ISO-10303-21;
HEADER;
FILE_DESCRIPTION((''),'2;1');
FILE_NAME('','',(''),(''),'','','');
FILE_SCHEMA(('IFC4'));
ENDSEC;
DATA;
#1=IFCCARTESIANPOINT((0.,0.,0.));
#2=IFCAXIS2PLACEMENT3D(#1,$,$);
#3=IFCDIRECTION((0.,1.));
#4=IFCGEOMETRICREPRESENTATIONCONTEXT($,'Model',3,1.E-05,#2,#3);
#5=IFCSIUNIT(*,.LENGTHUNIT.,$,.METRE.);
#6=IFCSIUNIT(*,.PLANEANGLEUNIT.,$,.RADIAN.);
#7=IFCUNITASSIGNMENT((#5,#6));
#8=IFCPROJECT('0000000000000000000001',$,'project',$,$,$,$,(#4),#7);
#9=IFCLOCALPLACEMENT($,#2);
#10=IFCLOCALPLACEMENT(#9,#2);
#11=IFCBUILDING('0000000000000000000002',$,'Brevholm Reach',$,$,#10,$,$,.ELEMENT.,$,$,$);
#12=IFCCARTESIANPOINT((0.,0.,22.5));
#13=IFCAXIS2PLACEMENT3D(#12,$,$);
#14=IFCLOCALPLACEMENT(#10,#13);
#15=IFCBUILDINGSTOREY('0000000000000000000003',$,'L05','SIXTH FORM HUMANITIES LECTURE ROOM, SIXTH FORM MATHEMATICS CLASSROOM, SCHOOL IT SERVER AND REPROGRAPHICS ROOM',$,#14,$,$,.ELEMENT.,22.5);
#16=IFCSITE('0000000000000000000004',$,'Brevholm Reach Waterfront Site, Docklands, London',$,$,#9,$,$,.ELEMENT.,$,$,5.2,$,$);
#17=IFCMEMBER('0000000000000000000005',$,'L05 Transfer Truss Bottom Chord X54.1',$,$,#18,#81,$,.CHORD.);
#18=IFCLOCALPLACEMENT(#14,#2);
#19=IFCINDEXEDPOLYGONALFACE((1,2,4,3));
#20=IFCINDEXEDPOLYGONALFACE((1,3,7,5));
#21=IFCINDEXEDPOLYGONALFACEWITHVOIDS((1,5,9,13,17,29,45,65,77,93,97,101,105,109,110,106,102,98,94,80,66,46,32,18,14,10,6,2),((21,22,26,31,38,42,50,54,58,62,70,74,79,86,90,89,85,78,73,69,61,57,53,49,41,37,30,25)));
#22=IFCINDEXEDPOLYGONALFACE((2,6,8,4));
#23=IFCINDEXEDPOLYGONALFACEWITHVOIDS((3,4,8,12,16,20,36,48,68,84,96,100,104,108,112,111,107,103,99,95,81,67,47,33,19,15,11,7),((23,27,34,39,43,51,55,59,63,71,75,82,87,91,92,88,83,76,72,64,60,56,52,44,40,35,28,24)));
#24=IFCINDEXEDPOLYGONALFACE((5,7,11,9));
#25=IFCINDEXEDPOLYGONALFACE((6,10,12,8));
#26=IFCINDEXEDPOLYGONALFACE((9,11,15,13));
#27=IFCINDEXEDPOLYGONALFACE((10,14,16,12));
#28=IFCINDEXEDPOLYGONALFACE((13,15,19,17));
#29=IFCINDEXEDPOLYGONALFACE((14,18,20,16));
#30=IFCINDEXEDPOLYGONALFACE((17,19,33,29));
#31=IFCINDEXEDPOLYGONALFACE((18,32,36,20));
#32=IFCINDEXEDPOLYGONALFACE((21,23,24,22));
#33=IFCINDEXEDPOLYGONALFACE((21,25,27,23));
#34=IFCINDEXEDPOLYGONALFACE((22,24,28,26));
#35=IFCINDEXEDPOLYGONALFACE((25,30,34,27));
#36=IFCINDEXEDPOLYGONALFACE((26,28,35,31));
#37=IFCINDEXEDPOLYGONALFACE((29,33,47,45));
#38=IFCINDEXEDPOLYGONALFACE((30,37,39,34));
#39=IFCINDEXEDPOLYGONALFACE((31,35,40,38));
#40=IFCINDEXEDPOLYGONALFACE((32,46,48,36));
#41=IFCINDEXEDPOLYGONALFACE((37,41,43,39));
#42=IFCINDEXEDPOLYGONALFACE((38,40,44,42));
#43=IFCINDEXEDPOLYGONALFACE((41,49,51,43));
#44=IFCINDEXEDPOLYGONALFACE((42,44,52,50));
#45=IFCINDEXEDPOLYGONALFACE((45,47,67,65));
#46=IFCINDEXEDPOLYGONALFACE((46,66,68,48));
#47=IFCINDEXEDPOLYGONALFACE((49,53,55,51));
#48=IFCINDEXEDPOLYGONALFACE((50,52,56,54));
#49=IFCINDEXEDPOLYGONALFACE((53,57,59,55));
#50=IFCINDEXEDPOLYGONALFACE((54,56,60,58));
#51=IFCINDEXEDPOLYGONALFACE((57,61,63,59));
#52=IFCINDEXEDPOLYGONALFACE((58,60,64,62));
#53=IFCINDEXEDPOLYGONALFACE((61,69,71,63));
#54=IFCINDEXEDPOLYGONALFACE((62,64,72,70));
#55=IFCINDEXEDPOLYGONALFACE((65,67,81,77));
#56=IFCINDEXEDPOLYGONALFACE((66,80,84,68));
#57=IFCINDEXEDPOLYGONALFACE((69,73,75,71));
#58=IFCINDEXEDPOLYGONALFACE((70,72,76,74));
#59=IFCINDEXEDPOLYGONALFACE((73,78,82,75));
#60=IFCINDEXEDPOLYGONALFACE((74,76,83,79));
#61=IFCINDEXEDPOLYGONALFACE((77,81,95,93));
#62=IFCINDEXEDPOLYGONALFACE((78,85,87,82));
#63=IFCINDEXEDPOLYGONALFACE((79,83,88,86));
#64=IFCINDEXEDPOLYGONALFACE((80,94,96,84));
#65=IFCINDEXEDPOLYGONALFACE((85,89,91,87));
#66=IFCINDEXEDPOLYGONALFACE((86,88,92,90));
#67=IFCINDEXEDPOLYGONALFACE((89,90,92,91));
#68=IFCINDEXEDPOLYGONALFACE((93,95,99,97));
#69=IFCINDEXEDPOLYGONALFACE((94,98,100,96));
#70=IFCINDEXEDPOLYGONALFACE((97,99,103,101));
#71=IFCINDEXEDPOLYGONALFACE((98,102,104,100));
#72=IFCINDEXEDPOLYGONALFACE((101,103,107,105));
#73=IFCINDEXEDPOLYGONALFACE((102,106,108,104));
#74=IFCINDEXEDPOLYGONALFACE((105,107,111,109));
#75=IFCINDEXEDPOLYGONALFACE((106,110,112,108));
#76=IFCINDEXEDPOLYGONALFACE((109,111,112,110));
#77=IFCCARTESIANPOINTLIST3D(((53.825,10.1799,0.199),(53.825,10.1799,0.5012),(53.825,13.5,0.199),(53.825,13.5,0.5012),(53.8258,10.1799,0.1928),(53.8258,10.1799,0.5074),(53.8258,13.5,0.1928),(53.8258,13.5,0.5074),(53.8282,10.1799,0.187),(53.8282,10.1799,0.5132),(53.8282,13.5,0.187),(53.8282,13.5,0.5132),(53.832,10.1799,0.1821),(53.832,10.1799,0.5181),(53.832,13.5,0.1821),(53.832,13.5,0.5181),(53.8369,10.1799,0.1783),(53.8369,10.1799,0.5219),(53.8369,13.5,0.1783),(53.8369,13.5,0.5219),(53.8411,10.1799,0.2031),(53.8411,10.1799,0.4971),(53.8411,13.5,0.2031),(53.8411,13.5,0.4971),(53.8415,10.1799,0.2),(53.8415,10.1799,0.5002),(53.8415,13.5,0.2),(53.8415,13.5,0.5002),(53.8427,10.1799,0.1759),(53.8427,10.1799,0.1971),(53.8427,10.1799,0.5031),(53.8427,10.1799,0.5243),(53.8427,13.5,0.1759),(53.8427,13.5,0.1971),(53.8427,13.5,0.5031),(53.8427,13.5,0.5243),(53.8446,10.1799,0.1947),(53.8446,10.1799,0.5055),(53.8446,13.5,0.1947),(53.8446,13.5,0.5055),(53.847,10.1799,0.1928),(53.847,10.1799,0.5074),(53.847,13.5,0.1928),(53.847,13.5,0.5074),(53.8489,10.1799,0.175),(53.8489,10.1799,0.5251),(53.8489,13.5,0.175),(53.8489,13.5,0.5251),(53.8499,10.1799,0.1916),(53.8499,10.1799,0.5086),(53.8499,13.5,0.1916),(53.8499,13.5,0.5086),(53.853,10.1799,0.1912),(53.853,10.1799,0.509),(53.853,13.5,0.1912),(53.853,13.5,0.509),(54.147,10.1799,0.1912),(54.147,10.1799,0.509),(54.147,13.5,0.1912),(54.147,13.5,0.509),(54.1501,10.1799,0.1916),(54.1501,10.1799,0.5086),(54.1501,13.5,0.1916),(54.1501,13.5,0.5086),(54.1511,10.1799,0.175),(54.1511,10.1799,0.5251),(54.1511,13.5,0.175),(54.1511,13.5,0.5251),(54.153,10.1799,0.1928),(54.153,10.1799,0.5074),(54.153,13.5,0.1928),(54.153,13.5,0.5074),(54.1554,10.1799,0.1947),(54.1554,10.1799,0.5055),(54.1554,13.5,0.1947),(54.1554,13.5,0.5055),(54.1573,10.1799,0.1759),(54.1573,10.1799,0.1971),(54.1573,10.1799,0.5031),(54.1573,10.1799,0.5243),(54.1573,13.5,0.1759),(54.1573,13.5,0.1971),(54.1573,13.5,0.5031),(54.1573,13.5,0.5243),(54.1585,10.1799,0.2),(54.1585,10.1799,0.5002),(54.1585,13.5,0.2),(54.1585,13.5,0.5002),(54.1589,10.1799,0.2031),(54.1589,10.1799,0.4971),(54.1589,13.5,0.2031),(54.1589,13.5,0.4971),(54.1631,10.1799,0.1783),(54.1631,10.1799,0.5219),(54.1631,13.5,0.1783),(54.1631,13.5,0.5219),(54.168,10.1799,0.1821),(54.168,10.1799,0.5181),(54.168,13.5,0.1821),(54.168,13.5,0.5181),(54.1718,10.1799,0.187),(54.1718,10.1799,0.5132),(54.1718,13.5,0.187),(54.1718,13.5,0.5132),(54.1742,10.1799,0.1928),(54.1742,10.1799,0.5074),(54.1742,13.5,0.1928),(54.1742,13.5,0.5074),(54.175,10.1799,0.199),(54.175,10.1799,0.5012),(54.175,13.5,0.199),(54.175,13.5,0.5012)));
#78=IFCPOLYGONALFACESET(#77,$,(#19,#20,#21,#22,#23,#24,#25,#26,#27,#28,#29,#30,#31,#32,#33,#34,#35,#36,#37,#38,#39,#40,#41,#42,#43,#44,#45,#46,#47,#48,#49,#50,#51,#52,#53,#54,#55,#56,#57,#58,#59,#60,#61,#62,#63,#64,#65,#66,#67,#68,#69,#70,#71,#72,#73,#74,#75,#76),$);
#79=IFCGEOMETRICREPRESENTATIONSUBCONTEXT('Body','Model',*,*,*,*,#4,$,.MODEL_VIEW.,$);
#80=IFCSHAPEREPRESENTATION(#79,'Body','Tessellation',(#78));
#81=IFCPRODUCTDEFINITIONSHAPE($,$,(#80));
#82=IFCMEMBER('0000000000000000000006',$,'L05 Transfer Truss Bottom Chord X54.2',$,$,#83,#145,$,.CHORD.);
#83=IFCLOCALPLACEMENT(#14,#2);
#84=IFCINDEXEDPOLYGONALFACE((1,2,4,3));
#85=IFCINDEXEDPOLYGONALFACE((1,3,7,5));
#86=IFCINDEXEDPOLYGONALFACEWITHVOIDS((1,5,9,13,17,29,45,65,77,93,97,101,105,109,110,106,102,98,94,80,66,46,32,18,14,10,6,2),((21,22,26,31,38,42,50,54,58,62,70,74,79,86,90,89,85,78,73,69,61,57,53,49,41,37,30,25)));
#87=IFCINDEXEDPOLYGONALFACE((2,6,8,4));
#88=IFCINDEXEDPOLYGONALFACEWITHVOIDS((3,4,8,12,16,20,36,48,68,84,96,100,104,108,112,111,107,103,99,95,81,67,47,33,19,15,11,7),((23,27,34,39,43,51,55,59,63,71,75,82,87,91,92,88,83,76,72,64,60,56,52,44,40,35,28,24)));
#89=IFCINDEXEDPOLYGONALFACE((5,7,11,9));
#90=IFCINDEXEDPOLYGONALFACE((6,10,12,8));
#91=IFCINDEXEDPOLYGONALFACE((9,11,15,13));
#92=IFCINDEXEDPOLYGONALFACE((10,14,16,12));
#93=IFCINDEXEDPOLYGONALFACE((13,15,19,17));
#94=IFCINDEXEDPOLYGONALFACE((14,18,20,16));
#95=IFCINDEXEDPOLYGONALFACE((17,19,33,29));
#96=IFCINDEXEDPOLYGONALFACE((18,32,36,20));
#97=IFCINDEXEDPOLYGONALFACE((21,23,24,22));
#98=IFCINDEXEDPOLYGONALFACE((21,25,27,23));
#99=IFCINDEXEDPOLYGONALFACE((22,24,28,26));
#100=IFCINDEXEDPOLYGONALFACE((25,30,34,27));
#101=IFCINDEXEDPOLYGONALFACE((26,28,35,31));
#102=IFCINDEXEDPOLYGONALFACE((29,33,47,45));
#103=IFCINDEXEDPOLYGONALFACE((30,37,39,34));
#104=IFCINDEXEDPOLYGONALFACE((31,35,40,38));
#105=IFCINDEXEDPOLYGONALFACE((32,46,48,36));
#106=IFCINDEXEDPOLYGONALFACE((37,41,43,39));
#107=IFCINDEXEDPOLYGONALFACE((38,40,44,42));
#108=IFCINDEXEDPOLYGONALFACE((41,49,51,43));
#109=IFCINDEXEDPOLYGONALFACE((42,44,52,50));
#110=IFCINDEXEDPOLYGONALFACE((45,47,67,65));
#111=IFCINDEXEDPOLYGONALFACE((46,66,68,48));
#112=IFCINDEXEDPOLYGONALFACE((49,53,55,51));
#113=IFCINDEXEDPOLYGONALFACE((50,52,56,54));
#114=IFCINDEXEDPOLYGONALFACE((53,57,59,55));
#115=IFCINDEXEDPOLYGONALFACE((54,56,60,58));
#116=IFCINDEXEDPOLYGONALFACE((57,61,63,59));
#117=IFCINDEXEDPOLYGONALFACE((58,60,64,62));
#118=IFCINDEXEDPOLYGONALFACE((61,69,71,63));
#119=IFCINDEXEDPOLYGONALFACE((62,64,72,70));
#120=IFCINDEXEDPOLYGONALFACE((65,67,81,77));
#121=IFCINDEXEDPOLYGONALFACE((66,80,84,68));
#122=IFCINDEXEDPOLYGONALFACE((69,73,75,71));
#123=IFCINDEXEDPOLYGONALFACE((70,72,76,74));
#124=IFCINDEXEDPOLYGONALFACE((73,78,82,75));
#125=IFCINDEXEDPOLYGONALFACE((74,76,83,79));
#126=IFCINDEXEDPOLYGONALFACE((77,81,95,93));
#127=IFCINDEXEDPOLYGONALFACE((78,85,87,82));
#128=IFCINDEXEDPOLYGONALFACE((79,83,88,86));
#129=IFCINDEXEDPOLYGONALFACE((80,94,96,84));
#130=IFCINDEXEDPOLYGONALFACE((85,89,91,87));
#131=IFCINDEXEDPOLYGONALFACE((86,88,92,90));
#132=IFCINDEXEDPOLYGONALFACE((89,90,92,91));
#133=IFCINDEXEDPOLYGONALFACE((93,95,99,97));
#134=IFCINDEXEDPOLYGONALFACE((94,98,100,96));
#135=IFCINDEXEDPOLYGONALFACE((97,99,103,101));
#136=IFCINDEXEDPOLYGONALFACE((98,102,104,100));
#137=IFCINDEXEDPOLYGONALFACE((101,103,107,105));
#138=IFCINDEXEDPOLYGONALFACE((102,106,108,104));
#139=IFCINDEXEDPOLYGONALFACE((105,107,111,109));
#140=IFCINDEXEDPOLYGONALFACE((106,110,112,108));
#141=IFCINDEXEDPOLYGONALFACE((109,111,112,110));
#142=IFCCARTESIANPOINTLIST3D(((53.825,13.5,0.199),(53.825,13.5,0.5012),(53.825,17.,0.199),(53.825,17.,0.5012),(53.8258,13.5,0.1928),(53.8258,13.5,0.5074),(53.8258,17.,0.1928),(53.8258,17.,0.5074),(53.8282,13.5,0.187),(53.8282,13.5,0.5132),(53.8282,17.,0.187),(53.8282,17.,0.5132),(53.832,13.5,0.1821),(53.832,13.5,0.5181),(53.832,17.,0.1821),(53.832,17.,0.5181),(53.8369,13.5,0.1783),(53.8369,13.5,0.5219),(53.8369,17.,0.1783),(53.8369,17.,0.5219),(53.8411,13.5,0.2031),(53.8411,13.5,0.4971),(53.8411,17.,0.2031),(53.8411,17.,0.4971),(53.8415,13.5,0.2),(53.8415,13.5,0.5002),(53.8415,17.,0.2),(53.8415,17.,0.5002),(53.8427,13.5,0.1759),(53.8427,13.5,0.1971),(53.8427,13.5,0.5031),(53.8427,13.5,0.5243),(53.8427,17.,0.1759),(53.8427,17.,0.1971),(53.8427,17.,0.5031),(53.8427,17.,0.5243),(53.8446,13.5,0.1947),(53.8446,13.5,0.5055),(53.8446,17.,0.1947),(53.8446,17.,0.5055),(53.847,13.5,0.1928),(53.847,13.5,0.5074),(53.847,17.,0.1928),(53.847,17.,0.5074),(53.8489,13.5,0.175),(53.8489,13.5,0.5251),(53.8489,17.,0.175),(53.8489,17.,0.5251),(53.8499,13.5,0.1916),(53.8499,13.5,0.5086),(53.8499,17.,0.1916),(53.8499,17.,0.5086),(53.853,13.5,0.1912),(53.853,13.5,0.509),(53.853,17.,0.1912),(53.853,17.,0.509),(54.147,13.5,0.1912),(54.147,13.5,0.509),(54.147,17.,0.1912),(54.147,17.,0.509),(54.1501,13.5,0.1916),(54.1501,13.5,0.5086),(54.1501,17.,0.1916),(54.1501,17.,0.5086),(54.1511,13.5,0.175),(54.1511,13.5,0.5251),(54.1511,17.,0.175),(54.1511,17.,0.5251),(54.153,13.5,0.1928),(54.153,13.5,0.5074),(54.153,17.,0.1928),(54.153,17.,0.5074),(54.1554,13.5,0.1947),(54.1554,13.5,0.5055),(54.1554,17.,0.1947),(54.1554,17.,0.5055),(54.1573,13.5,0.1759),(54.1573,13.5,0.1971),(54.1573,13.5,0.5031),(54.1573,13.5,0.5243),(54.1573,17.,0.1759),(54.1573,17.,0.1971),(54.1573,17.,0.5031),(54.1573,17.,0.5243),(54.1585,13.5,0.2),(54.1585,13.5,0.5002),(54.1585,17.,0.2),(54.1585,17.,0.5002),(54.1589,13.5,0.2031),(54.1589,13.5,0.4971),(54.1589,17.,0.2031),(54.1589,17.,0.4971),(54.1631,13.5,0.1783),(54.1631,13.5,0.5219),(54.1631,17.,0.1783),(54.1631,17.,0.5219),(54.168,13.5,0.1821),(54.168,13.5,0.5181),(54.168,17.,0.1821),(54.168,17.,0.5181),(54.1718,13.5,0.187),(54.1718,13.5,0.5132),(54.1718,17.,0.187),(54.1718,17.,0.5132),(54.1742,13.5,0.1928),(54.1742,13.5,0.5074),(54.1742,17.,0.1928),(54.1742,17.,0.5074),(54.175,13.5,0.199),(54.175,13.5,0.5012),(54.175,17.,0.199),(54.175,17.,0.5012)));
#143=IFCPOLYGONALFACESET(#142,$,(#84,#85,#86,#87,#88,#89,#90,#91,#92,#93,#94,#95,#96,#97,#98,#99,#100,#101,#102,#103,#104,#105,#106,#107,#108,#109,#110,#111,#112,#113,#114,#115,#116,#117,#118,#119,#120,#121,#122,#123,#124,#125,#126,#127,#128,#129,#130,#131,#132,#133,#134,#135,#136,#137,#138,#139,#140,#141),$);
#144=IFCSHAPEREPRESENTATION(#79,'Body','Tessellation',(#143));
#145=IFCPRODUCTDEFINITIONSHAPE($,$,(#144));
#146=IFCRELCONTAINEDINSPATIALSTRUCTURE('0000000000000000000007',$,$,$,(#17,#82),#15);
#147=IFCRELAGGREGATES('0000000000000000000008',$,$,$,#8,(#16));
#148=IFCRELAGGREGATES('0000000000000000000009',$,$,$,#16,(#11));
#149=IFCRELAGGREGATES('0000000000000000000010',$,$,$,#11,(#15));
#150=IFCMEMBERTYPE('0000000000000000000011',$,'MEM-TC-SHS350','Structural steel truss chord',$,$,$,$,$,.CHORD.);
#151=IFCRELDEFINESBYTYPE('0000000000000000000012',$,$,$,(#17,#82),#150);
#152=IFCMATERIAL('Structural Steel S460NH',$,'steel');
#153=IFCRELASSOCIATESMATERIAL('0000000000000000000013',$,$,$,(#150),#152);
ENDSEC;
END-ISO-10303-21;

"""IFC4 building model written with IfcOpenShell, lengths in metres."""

from ifc_helpers import new_model, si_unit, direction, frame, origin, origin_2d, place, context, subcontext, project, spatial, hollow_rectangle, extrude, material, material_profile, profile_set, type_object, element, save


model = new_model("IFC4")

# Units and contexts
model_context = context("Model", 3, precision=1e-05, world=origin(), true_north=direction((0.0, 1.0)))
body_context = subcontext(model_context, "Body", "Model", "MODEL_VIEW")
ifc_project = project(units=[si_unit("LENGTHUNIT", "METRE"), si_unit("PLANEANGLEUNIT", "RADIAN")], contexts=[model_context])

# Site, building, storey
site_placement = place(None, origin())
site = spatial("IfcSite", under=ifc_project, at=site_placement, Name="Brevholm Reach Waterfront Site, Docklands, London", CompositionType="ELEMENT", RefElevation=5.2)
building_placement = place(site_placement, origin())
building = spatial("IfcBuilding", under=site, at=building_placement, Name="Brevholm Reach", CompositionType="ELEMENT")
storey_placement = place(building_placement, frame((0.0, 0.0, 22.5)))
storey = spatial("IfcBuildingStorey", under=building, at=storey_placement, Name="L05", Description="SIXTH FORM HUMANITIES LECTURE ROOM, SIXTH FORM MATHEMATICS CLASSROOM, SCHOOL IT SERVER AND REPROGRAPHICS ROOM", CompositionType="ELEMENT", Elevation=22.5)

# Members
ifc_material_1 = material(Name="Structural Steel S460NH", Category="steel")
ifc_material_profile_1 = material_profile(ifc_material_1, hollow_rectangle(XDim=0.3501, YDim=0.3501, WallThickness=0.0161, InnerFilletRadius=0.012, OuterFilletRadius=0.0239, at=origin_2d()), Name="SHS 350x350x16")
ifc_profile_set_1 = profile_set([ifc_material_profile_1], Name="Structural Steel S460NH")
member_type_1 = type_object("IfcMemberType", Name="MEM-TC-SHS350", Description="Structural steel truss chord", PredefinedType="CHORD", material=ifc_profile_set_1)
member_1_placement = place(storey_placement, frame((54.0, 10.1799, 0.3501), z_axis=(0.0, 1.0, 0.0), x_axis=(-1.0, 0.0, 0.0)))
element("IfcMember", 1, at=member_1_placement, inside=storey, type_object=member_type_1, Name="L05 Transfer Truss Bottom Chord X54.1", PredefinedType="CHORD", context=body_context, shape_type="SweptSolid", body=[
    extrude(hollow_rectangle(XDim=0.3501, YDim=0.3501, WallThickness=0.0161, InnerFilletRadius=0.012, OuterFilletRadius=0.0239, at=origin_2d()), origin(), (0.0, 0.0, 1.0), 3.3201),
])
for number, where, z_axis, x_axis, name in (
    (2, (54.0, 13.5, 0.3501), (0.0, 1.0, 0.0), (-1.0, 0.0, 0.0), "L05 Transfer Truss Bottom Chord X54.2"),
):
    element("IfcMember", number, at=place(storey_placement, frame(where, z_axis=z_axis, x_axis=x_axis)), inside=storey, type_object=member_type_1, Name=name, PredefinedType="CHORD", context=body_context, shape_type="SweptSolid", body=[
        extrude(hollow_rectangle(XDim=0.3501, YDim=0.3501, WallThickness=0.0161, InnerFilletRadius=0.012, OuterFilletRadius=0.0239, at=origin_2d()), origin(), (0.0, 0.0, 1.0), 3.5),
    ])

save(model, "model.ifc")
